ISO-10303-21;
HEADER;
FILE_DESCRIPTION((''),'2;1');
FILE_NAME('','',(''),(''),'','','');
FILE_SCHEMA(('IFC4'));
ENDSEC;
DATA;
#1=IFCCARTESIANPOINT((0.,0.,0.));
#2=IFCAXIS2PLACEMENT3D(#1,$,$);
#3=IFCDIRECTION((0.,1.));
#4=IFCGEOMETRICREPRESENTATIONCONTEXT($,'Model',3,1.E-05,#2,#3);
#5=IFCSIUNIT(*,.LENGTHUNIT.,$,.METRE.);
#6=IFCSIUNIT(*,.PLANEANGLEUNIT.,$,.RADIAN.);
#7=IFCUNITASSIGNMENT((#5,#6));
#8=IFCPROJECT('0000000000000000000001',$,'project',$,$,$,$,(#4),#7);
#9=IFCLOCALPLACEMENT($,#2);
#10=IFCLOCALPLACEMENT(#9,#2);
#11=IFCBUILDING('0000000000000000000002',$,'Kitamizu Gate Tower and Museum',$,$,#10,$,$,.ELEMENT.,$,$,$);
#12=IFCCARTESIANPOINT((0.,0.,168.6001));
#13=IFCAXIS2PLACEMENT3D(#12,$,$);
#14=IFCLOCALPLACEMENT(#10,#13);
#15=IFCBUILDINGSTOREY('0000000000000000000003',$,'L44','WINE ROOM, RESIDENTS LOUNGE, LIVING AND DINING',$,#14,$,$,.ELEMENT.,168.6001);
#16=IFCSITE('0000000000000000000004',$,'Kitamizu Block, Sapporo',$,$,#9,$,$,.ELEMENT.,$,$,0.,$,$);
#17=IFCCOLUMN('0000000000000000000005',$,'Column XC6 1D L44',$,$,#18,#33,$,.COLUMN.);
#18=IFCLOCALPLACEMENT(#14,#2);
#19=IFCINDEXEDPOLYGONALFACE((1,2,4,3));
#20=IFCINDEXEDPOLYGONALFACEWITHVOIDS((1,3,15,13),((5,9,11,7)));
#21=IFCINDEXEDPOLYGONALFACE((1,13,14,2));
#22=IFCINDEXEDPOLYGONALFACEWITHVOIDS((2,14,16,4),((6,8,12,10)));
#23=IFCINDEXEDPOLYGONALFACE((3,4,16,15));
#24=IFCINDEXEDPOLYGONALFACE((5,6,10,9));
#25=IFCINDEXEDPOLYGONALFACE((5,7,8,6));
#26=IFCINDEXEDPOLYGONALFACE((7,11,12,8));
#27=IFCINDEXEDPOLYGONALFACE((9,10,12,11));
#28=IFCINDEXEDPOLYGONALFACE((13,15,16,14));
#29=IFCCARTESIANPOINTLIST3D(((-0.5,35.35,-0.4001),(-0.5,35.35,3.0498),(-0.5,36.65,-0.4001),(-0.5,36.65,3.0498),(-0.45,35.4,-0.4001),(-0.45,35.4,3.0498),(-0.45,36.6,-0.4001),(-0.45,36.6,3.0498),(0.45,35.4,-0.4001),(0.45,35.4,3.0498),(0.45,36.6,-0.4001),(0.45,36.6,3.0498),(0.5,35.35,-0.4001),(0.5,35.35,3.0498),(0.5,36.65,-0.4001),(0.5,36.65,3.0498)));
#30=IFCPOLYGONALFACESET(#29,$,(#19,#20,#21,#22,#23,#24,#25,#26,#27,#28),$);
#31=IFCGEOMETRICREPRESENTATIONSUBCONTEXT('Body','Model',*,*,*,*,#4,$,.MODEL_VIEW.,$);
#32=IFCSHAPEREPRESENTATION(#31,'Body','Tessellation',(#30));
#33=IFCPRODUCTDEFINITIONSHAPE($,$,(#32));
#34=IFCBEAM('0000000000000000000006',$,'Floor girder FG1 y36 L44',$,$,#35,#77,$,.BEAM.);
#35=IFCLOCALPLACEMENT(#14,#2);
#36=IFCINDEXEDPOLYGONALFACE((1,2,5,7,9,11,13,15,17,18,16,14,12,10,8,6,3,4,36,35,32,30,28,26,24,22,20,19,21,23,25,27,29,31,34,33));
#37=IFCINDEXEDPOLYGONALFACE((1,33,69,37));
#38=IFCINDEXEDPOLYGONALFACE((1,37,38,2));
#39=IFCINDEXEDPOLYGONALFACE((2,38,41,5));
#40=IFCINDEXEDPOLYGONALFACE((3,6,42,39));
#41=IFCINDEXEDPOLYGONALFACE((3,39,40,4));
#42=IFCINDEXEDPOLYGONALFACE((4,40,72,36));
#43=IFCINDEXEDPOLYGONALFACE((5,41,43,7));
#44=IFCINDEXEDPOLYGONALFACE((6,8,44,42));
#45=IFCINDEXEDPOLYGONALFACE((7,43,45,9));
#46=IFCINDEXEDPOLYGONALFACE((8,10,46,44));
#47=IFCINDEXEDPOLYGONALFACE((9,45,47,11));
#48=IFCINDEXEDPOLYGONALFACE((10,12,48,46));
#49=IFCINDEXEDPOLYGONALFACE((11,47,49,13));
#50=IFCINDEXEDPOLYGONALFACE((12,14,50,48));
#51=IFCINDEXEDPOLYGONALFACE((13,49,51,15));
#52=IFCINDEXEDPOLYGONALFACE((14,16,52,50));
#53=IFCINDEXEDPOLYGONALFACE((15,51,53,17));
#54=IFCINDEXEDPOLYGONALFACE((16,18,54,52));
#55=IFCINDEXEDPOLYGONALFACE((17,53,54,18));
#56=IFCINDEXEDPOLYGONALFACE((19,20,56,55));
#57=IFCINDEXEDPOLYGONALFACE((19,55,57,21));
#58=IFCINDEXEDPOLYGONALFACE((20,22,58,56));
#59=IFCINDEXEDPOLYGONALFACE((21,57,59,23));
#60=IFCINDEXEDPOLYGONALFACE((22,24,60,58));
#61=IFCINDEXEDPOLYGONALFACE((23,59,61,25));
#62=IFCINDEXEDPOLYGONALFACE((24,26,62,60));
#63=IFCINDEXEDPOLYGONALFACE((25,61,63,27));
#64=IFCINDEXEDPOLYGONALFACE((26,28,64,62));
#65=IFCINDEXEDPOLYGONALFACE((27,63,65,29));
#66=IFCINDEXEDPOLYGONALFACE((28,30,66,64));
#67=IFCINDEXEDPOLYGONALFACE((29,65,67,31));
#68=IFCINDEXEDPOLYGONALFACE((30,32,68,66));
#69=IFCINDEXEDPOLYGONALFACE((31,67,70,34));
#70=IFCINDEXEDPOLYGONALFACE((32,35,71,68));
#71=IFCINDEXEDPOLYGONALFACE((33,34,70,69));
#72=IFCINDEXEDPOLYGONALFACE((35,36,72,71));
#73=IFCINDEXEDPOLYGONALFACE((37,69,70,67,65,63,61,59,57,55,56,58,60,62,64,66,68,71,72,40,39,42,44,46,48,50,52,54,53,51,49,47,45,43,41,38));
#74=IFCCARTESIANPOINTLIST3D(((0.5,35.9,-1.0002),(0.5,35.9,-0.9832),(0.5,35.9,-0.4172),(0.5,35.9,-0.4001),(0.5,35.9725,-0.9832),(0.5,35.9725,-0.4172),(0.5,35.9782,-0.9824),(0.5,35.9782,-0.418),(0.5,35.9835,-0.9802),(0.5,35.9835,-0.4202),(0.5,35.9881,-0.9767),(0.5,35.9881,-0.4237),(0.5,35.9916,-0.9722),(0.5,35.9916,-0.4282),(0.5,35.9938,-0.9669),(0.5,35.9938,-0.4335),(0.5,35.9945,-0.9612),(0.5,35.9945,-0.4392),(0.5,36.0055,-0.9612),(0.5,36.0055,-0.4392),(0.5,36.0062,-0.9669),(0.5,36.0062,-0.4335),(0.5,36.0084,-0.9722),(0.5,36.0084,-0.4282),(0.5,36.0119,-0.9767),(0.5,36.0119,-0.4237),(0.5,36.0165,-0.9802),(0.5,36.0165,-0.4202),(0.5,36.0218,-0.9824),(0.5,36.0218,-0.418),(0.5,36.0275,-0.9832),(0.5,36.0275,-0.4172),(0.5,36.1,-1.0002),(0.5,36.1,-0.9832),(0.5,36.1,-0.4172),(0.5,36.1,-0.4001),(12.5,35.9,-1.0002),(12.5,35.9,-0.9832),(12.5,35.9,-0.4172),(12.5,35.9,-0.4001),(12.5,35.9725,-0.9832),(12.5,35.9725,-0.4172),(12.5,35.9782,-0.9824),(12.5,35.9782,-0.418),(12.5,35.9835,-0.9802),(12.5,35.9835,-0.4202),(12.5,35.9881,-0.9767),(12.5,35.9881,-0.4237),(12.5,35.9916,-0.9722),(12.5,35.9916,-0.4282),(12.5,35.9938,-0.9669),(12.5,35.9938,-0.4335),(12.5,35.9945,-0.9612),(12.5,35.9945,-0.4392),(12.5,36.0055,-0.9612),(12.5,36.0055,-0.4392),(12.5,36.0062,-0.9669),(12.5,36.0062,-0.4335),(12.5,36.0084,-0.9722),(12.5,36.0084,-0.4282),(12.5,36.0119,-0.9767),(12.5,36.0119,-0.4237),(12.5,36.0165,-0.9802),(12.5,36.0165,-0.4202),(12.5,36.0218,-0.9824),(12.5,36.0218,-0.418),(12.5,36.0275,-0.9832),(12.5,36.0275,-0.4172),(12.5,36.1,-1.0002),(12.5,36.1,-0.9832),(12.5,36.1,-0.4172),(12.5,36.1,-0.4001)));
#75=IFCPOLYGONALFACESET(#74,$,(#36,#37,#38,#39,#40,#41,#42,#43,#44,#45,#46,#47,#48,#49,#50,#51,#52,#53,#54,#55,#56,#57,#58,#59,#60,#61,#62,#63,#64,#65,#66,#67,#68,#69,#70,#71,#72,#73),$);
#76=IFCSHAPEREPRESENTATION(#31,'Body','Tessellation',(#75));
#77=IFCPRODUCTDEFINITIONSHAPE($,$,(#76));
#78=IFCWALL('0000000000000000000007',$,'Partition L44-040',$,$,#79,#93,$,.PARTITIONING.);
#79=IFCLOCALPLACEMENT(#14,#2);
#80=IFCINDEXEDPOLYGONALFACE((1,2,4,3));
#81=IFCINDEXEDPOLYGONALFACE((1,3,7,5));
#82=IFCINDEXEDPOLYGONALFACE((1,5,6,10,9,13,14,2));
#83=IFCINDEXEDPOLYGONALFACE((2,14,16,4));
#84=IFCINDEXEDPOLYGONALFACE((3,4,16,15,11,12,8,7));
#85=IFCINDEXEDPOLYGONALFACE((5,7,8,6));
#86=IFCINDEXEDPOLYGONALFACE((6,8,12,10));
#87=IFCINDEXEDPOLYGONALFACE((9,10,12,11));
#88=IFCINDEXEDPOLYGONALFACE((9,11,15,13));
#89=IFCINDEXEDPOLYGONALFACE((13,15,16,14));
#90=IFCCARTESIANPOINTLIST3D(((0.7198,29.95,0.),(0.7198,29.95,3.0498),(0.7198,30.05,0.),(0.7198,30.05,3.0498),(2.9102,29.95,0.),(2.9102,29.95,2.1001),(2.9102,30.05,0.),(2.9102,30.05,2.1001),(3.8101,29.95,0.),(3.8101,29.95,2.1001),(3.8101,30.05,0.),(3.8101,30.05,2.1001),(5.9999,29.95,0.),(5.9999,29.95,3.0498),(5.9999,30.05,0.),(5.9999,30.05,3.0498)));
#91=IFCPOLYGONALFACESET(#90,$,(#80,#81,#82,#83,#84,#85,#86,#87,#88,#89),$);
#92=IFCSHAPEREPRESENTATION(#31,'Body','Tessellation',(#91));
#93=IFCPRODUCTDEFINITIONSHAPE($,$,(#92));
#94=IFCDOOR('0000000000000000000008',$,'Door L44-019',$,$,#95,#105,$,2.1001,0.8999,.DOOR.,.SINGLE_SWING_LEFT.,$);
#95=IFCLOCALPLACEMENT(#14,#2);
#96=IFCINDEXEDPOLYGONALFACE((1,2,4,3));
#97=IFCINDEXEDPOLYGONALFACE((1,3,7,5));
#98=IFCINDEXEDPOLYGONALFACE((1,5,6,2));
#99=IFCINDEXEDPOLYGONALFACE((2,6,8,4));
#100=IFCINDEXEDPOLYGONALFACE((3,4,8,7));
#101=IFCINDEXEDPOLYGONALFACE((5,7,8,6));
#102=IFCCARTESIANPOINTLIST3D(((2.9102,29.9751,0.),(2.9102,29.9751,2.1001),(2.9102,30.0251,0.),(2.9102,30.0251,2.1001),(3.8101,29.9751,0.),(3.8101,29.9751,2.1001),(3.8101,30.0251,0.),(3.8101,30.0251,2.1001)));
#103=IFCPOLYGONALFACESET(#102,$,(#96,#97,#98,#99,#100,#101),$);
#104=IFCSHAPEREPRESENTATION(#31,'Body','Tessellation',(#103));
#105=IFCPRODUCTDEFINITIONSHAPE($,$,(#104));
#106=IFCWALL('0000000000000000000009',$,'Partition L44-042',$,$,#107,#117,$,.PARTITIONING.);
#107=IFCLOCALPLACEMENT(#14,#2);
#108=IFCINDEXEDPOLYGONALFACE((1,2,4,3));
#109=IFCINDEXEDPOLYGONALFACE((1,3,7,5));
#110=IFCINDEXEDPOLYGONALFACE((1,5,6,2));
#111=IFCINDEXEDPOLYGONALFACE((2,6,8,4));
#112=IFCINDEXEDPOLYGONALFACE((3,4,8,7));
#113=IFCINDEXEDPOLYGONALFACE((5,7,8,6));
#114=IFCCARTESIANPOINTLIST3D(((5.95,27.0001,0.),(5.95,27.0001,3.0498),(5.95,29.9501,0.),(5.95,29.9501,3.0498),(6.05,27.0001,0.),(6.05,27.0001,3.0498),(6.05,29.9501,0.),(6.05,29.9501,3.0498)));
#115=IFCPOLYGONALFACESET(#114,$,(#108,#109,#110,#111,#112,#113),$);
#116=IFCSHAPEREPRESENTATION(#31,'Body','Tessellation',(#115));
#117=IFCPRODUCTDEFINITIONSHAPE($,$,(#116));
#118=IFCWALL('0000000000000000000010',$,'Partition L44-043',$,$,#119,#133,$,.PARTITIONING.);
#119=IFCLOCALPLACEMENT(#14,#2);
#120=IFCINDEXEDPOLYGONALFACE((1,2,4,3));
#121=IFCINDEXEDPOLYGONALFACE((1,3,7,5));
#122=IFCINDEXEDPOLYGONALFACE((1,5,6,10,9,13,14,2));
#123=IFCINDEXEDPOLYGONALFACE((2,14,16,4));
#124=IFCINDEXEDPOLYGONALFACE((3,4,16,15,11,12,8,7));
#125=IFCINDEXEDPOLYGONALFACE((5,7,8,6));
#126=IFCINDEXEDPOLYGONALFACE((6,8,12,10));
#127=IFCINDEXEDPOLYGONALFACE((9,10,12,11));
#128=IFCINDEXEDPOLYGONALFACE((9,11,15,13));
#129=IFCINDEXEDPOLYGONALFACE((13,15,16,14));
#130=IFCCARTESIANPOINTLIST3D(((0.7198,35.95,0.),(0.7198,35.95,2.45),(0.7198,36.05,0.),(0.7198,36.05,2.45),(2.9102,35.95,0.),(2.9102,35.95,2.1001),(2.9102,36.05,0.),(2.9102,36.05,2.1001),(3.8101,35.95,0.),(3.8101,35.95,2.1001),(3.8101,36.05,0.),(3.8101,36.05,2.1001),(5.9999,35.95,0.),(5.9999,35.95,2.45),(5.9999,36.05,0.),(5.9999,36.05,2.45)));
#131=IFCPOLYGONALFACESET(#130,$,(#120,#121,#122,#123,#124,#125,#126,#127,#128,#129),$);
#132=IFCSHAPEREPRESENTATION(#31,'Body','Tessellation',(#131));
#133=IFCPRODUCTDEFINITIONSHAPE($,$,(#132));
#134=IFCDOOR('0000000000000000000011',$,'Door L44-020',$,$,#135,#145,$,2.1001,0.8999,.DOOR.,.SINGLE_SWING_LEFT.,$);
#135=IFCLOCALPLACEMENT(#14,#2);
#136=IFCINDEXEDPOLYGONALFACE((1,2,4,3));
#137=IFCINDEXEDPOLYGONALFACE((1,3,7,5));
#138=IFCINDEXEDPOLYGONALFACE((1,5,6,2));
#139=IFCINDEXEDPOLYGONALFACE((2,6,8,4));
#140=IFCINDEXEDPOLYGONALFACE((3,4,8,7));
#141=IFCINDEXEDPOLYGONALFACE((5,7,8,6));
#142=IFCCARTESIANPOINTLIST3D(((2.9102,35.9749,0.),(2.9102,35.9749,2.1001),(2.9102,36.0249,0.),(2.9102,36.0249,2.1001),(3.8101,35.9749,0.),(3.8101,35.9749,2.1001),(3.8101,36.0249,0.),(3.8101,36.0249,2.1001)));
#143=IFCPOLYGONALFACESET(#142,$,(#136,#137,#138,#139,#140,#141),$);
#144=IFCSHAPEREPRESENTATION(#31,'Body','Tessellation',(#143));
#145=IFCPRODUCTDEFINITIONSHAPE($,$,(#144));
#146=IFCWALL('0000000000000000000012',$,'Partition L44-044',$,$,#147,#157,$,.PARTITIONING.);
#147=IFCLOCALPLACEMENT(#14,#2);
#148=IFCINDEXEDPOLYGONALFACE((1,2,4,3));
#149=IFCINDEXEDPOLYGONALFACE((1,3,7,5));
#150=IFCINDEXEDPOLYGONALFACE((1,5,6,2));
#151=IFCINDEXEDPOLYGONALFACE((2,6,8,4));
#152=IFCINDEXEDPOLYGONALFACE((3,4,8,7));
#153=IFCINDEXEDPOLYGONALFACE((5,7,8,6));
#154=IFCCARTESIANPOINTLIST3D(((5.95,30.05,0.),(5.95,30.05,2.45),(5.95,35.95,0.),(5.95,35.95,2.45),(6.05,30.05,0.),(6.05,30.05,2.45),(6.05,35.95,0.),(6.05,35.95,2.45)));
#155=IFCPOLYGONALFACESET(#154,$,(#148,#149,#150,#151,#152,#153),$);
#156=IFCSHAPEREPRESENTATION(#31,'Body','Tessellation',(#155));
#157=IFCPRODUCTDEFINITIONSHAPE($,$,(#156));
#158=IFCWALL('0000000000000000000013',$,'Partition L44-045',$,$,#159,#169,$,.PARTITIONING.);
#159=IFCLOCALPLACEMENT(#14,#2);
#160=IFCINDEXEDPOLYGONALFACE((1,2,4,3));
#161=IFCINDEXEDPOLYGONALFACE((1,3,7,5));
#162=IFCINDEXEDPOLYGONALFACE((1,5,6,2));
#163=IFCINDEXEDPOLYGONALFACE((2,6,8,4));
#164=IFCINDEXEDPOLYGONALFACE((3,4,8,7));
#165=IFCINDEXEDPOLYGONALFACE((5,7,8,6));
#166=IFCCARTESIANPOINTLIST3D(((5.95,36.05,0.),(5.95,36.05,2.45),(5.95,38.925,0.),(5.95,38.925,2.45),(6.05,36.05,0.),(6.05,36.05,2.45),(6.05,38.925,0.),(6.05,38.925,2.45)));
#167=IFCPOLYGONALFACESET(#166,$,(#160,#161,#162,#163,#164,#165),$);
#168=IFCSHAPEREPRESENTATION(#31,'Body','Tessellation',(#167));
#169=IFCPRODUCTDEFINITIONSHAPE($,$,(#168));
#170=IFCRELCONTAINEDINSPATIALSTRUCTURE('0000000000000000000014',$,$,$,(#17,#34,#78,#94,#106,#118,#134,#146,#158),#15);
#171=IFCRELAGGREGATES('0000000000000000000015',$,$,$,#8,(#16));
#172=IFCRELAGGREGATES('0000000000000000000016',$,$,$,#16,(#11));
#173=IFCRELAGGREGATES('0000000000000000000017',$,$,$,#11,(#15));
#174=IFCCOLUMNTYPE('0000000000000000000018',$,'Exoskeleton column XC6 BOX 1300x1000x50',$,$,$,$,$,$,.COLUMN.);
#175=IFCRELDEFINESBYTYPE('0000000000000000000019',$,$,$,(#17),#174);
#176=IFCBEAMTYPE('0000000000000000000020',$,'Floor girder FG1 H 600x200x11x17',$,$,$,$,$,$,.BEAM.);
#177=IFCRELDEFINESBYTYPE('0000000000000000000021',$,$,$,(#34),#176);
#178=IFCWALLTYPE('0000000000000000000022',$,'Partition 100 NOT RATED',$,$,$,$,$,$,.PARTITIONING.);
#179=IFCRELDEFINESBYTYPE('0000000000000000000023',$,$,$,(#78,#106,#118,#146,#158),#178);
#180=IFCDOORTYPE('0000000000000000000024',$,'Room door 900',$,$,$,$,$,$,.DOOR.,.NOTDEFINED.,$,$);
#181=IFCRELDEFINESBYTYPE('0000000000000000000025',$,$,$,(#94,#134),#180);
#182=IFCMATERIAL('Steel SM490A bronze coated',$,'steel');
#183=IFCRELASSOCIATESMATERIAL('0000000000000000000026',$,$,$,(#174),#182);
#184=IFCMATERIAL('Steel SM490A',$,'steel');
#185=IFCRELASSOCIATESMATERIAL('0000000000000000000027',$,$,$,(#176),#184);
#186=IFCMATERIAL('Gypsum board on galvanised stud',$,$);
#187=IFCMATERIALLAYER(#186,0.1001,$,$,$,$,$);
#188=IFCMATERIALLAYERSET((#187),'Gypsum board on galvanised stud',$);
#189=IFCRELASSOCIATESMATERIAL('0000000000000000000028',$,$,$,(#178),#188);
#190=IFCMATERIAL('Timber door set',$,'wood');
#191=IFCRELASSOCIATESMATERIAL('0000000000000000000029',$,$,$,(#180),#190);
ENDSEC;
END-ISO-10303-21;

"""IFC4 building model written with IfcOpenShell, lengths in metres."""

from ifc_helpers import new_model, si_unit, direction, frame, frame_2d, origin, origin_2d, place, context, subcontext, project, spatial, rectangle, hollow_rectangle, i_section, extrude, material, layer, layer_set, material_profile, profile_set, type_object, element, fill, save


model = new_model("IFC4")

# Units and contexts
model_context = context("Model", 3, precision=1e-05, world=origin(), true_north=direction((0.0, 1.0)))
body_context = subcontext(model_context, "Body", "Model", "MODEL_VIEW")
ifc_project = project(units=[si_unit("LENGTHUNIT", "METRE"), si_unit("PLANEANGLEUNIT", "RADIAN")], contexts=[model_context])

# Site, building, storey
site_placement = place(None, origin())
site = spatial("IfcSite", under=ifc_project, at=site_placement, Name="Kitamizu Block, Sapporo", CompositionType="ELEMENT", RefElevation=0.0)
building_placement = place(site_placement, origin())
building = spatial("IfcBuilding", under=site, at=building_placement, Name="Kitamizu Gate Tower and Museum", CompositionType="ELEMENT")
storey_placement = place(building_placement, frame((0.0, 0.0, 168.6001)))
storey = spatial("IfcBuildingStorey", under=building, at=storey_placement, Name="L44", Description="WINE ROOM, RESIDENTS LOUNGE, LIVING AND DINING", CompositionType="ELEMENT", Elevation=168.6001)

# Column
ifc_material_1 = material(Name="Steel SM490A bronze coated", Category="steel")
ifc_material_profile_1 = material_profile(ifc_material_1, hollow_rectangle(XDim=1.3, YDim=1.0, WallThickness=0.05, at=origin_2d()), Name="BOX 1300x1000x50")
ifc_profile_set_1 = profile_set([ifc_material_profile_1], Name="Steel SM490A bronze coated")
column_type = type_object("IfcColumnType", Name="Exoskeleton column XC6 BOX 1300x1000x50", PredefinedType="COLUMN", material=ifc_profile_set_1)
column_placement = place(storey_placement, frame((0.0, 36.0, -0.4001), z_axis=(0.0, 0.0, 1.0), x_axis=(0.0, 1.0, 0.0)))
element("IfcColumn", 1, at=column_placement, inside=storey, type_object=column_type, Name="Column XC6 1D L44", PredefinedType="COLUMN", context=body_context, shape_type="SweptSolid", body=[
    extrude(hollow_rectangle(XDim=1.3, YDim=1.0, WallThickness=0.05, at=origin_2d()), origin(), (0.0, 0.0, 1.0), 3.45),
])

# Beam
ifc_material_2 = material(Name="Steel SM490A", Category="steel")
ifc_material_profile_2 = material_profile(ifc_material_2, i_section(OverallWidth=0.2, OverallDepth=0.6001, WebThickness=0.011, FlangeThickness=0.0171, FilletRadius=0.022, at=origin_2d()), Name="H-600x200x11x17")
ifc_profile_set_2 = profile_set([ifc_material_profile_2], Name="Steel SM490A")
beam_type = type_object("IfcBeamType", Name="Floor girder FG1 H 600x200x11x17", PredefinedType="BEAM", material=ifc_profile_set_2)
beam_placement = place(storey_placement, frame((0.5, 36.0, -0.7002), z_axis=(1.0, 0.0, 0.0), x_axis=(0.0, 1.0, 0.0)))
element("IfcBeam", 2, at=beam_placement, inside=storey, type_object=beam_type, Name="Floor girder FG1 y36 L44", PredefinedType="BEAM", context=body_context, shape_type="SweptSolid", body=[
    extrude(i_section(OverallWidth=0.2, OverallDepth=0.6001, WebThickness=0.011, FlangeThickness=0.0171, FilletRadius=0.022, at=origin_2d()), origin(), (0.0, 0.0, 1.0), 12.0),
])

# Wall, opening, door
ifc_material_3 = material(Name="Gypsum board on galvanised stud")
ifc_layer_1 = layer(ifc_material_3, 0.1001)
ifc_layer_set_1 = layer_set([ifc_layer_1], Name="Gypsum board on galvanised stud")
wall_type_1 = type_object("IfcWallType", Name="Partition 100 NOT RATED", PredefinedType="PARTITIONING", material=ifc_layer_set_1)
wall_1_placement = place(storey_placement, frame((6.0, 30.0, 0.0), z_axis=(0.0, 0.0, 1.0), x_axis=(-1.0, 0.0, 0.0)))
wall_1 = element("IfcWall", 3, at=wall_1_placement, inside=storey, type_object=wall_type_1, Name="Partition L44-040", PredefinedType="PARTITIONING", context=body_context, shape_type="SweptSolid", body=[
    extrude(rectangle(XDim=5.28, YDim=0.1001, at=frame_2d((2.6401, 0.0))), origin(), (0.0, 0.0, 1.0), 3.0498),
])
opening_1_placement = place(wall_1_placement, frame((2.1899, 0.0, 0.0)))
opening_1 = element("IfcOpeningElement", 4, at=opening_1_placement, cuts=wall_1, PredefinedType="OPENING", context=body_context, shape_type="SweptSolid", body=[
    extrude(rectangle(XDim=0.8999, YDim=2.1001, at=frame_2d((0.45, 1.05))), frame((0.0, 0.0601, 0.0), z_axis=(0.0, -1.0, 0.0), x_axis=(1.0, 0.0, 0.0)), (0.0, 0.0, 1.0), 0.1201),
])
ifc_material_4 = material(Name="Timber door set", Category="wood")
door_type = type_object("IfcDoorType", Name="Room door 900", OperationType="NOTDEFINED", PredefinedType="DOOR", material=ifc_material_4)
door_1_placement = place(opening_1_placement, origin())
door_1 = element("IfcDoor", 5, at=door_1_placement, inside=storey, type_object=door_type, Name="Door L44-019", OperationType="SINGLE_SWING_LEFT", OverallHeight=2.1001, OverallWidth=0.8999, PredefinedType="DOOR", context=body_context, shape_type="SweptSolid", body=[
    extrude(rectangle(XDim=0.8999, YDim=2.1001, at=frame_2d((0.45, 1.05))), frame((0.0, 0.0249, 0.0), z_axis=(0.0, -1.0, 0.0), x_axis=(1.0, 0.0, 0.0)), (0.0, 0.0, 1.0), 0.05),
])
fill(opening_1, door_1)

# Wall
wall_2_placement = place(storey_placement, frame((6.0, 27.0, 0.0), z_axis=(0.0, 0.0, 1.0), x_axis=(0.0, 1.0, 0.0)))
element("IfcWall", 6, at=wall_2_placement, inside=storey, type_object=wall_type_1, Name="Partition L44-042", PredefinedType="PARTITIONING", context=body_context, shape_type="SweptSolid", body=[
    extrude(rectangle(XDim=2.95, YDim=0.1001, at=frame_2d((1.4751, 0.0))), origin(), (0.0, 0.0, 1.0), 3.0498),
])

# Wall, opening, door
wall_3_placement = place(storey_placement, frame((6.0, 36.0, 0.0), z_axis=(0.0, 0.0, 1.0), x_axis=(-1.0, 0.0, 0.0)))
wall_3 = element("IfcWall", 7, at=wall_3_placement, inside=storey, type_object=wall_type_1, Name="Partition L44-043", PredefinedType="PARTITIONING", context=body_context, shape_type="SweptSolid", body=[
    extrude(rectangle(XDim=5.28, YDim=0.1001, at=frame_2d((2.6401, 0.0))), origin(), (0.0, 0.0, 1.0), 2.45),
])
opening_2_placement = place(wall_3_placement, frame((2.1899, 0.0, 0.0)))
opening_2 = element("IfcOpeningElement", 8, at=opening_2_placement, cuts=wall_3, PredefinedType="OPENING", context=body_context, shape_type="SweptSolid", body=[
    extrude(rectangle(XDim=0.8999, YDim=2.1001, at=frame_2d((0.45, 1.05))), frame((0.0, 0.0601, 0.0), z_axis=(0.0, -1.0, 0.0), x_axis=(1.0, 0.0, 0.0)), (0.0, 0.0, 1.0), 0.1201),
])
door_2_placement = place(opening_2_placement, frame((0.8999, 0.0, 0.0), x_axis=(-1.0, 0.0, 0.0)))
door_2 = element("IfcDoor", 9, at=door_2_placement, inside=storey, type_object=door_type, Name="Door L44-020", OperationType="SINGLE_SWING_LEFT", OverallHeight=2.1001, OverallWidth=0.8999, PredefinedType="DOOR", context=body_context, shape_type="SweptSolid", body=[
    extrude(rectangle(XDim=0.8999, YDim=2.1001, at=frame_2d((0.45, 1.05))), frame((0.0, 0.0249, 0.0), z_axis=(0.0, -1.0, 0.0), x_axis=(1.0, 0.0, 0.0)), (0.0, 0.0, 1.0), 0.05),
])
fill(opening_2, door_2)

# Walls
wall_4_placement = place(storey_placement, frame((6.0, 30.05, 0.0), z_axis=(0.0, 0.0, 1.0), x_axis=(0.0, 1.0, 0.0)))
element("IfcWall", 10, at=wall_4_placement, inside=storey, type_object=wall_type_1, Name="Partition L44-044", PredefinedType="PARTITIONING", context=body_context, shape_type="SweptSolid", body=[
    extrude(rectangle(XDim=5.8999, YDim=0.1001, at=frame_2d((2.95, 0.0))), origin(), (0.0, 0.0, 1.0), 2.45),
])
wall_5_placement = place(storey_placement, frame((6.0, 36.05, 0.0), z_axis=(0.0, 0.0, 1.0), x_axis=(0.0, 1.0, 0.0)))
element("IfcWall", 11, at=wall_5_placement, inside=storey, type_object=wall_type_1, Name="Partition L44-045", PredefinedType="PARTITIONING", context=body_context, shape_type="SweptSolid", body=[
    extrude(rectangle(XDim=2.875, YDim=0.1001, at=frame_2d((1.4375, 0.0))), origin(), (0.0, 0.0, 1.0), 2.45),
])

save(model, "model.ifc")
